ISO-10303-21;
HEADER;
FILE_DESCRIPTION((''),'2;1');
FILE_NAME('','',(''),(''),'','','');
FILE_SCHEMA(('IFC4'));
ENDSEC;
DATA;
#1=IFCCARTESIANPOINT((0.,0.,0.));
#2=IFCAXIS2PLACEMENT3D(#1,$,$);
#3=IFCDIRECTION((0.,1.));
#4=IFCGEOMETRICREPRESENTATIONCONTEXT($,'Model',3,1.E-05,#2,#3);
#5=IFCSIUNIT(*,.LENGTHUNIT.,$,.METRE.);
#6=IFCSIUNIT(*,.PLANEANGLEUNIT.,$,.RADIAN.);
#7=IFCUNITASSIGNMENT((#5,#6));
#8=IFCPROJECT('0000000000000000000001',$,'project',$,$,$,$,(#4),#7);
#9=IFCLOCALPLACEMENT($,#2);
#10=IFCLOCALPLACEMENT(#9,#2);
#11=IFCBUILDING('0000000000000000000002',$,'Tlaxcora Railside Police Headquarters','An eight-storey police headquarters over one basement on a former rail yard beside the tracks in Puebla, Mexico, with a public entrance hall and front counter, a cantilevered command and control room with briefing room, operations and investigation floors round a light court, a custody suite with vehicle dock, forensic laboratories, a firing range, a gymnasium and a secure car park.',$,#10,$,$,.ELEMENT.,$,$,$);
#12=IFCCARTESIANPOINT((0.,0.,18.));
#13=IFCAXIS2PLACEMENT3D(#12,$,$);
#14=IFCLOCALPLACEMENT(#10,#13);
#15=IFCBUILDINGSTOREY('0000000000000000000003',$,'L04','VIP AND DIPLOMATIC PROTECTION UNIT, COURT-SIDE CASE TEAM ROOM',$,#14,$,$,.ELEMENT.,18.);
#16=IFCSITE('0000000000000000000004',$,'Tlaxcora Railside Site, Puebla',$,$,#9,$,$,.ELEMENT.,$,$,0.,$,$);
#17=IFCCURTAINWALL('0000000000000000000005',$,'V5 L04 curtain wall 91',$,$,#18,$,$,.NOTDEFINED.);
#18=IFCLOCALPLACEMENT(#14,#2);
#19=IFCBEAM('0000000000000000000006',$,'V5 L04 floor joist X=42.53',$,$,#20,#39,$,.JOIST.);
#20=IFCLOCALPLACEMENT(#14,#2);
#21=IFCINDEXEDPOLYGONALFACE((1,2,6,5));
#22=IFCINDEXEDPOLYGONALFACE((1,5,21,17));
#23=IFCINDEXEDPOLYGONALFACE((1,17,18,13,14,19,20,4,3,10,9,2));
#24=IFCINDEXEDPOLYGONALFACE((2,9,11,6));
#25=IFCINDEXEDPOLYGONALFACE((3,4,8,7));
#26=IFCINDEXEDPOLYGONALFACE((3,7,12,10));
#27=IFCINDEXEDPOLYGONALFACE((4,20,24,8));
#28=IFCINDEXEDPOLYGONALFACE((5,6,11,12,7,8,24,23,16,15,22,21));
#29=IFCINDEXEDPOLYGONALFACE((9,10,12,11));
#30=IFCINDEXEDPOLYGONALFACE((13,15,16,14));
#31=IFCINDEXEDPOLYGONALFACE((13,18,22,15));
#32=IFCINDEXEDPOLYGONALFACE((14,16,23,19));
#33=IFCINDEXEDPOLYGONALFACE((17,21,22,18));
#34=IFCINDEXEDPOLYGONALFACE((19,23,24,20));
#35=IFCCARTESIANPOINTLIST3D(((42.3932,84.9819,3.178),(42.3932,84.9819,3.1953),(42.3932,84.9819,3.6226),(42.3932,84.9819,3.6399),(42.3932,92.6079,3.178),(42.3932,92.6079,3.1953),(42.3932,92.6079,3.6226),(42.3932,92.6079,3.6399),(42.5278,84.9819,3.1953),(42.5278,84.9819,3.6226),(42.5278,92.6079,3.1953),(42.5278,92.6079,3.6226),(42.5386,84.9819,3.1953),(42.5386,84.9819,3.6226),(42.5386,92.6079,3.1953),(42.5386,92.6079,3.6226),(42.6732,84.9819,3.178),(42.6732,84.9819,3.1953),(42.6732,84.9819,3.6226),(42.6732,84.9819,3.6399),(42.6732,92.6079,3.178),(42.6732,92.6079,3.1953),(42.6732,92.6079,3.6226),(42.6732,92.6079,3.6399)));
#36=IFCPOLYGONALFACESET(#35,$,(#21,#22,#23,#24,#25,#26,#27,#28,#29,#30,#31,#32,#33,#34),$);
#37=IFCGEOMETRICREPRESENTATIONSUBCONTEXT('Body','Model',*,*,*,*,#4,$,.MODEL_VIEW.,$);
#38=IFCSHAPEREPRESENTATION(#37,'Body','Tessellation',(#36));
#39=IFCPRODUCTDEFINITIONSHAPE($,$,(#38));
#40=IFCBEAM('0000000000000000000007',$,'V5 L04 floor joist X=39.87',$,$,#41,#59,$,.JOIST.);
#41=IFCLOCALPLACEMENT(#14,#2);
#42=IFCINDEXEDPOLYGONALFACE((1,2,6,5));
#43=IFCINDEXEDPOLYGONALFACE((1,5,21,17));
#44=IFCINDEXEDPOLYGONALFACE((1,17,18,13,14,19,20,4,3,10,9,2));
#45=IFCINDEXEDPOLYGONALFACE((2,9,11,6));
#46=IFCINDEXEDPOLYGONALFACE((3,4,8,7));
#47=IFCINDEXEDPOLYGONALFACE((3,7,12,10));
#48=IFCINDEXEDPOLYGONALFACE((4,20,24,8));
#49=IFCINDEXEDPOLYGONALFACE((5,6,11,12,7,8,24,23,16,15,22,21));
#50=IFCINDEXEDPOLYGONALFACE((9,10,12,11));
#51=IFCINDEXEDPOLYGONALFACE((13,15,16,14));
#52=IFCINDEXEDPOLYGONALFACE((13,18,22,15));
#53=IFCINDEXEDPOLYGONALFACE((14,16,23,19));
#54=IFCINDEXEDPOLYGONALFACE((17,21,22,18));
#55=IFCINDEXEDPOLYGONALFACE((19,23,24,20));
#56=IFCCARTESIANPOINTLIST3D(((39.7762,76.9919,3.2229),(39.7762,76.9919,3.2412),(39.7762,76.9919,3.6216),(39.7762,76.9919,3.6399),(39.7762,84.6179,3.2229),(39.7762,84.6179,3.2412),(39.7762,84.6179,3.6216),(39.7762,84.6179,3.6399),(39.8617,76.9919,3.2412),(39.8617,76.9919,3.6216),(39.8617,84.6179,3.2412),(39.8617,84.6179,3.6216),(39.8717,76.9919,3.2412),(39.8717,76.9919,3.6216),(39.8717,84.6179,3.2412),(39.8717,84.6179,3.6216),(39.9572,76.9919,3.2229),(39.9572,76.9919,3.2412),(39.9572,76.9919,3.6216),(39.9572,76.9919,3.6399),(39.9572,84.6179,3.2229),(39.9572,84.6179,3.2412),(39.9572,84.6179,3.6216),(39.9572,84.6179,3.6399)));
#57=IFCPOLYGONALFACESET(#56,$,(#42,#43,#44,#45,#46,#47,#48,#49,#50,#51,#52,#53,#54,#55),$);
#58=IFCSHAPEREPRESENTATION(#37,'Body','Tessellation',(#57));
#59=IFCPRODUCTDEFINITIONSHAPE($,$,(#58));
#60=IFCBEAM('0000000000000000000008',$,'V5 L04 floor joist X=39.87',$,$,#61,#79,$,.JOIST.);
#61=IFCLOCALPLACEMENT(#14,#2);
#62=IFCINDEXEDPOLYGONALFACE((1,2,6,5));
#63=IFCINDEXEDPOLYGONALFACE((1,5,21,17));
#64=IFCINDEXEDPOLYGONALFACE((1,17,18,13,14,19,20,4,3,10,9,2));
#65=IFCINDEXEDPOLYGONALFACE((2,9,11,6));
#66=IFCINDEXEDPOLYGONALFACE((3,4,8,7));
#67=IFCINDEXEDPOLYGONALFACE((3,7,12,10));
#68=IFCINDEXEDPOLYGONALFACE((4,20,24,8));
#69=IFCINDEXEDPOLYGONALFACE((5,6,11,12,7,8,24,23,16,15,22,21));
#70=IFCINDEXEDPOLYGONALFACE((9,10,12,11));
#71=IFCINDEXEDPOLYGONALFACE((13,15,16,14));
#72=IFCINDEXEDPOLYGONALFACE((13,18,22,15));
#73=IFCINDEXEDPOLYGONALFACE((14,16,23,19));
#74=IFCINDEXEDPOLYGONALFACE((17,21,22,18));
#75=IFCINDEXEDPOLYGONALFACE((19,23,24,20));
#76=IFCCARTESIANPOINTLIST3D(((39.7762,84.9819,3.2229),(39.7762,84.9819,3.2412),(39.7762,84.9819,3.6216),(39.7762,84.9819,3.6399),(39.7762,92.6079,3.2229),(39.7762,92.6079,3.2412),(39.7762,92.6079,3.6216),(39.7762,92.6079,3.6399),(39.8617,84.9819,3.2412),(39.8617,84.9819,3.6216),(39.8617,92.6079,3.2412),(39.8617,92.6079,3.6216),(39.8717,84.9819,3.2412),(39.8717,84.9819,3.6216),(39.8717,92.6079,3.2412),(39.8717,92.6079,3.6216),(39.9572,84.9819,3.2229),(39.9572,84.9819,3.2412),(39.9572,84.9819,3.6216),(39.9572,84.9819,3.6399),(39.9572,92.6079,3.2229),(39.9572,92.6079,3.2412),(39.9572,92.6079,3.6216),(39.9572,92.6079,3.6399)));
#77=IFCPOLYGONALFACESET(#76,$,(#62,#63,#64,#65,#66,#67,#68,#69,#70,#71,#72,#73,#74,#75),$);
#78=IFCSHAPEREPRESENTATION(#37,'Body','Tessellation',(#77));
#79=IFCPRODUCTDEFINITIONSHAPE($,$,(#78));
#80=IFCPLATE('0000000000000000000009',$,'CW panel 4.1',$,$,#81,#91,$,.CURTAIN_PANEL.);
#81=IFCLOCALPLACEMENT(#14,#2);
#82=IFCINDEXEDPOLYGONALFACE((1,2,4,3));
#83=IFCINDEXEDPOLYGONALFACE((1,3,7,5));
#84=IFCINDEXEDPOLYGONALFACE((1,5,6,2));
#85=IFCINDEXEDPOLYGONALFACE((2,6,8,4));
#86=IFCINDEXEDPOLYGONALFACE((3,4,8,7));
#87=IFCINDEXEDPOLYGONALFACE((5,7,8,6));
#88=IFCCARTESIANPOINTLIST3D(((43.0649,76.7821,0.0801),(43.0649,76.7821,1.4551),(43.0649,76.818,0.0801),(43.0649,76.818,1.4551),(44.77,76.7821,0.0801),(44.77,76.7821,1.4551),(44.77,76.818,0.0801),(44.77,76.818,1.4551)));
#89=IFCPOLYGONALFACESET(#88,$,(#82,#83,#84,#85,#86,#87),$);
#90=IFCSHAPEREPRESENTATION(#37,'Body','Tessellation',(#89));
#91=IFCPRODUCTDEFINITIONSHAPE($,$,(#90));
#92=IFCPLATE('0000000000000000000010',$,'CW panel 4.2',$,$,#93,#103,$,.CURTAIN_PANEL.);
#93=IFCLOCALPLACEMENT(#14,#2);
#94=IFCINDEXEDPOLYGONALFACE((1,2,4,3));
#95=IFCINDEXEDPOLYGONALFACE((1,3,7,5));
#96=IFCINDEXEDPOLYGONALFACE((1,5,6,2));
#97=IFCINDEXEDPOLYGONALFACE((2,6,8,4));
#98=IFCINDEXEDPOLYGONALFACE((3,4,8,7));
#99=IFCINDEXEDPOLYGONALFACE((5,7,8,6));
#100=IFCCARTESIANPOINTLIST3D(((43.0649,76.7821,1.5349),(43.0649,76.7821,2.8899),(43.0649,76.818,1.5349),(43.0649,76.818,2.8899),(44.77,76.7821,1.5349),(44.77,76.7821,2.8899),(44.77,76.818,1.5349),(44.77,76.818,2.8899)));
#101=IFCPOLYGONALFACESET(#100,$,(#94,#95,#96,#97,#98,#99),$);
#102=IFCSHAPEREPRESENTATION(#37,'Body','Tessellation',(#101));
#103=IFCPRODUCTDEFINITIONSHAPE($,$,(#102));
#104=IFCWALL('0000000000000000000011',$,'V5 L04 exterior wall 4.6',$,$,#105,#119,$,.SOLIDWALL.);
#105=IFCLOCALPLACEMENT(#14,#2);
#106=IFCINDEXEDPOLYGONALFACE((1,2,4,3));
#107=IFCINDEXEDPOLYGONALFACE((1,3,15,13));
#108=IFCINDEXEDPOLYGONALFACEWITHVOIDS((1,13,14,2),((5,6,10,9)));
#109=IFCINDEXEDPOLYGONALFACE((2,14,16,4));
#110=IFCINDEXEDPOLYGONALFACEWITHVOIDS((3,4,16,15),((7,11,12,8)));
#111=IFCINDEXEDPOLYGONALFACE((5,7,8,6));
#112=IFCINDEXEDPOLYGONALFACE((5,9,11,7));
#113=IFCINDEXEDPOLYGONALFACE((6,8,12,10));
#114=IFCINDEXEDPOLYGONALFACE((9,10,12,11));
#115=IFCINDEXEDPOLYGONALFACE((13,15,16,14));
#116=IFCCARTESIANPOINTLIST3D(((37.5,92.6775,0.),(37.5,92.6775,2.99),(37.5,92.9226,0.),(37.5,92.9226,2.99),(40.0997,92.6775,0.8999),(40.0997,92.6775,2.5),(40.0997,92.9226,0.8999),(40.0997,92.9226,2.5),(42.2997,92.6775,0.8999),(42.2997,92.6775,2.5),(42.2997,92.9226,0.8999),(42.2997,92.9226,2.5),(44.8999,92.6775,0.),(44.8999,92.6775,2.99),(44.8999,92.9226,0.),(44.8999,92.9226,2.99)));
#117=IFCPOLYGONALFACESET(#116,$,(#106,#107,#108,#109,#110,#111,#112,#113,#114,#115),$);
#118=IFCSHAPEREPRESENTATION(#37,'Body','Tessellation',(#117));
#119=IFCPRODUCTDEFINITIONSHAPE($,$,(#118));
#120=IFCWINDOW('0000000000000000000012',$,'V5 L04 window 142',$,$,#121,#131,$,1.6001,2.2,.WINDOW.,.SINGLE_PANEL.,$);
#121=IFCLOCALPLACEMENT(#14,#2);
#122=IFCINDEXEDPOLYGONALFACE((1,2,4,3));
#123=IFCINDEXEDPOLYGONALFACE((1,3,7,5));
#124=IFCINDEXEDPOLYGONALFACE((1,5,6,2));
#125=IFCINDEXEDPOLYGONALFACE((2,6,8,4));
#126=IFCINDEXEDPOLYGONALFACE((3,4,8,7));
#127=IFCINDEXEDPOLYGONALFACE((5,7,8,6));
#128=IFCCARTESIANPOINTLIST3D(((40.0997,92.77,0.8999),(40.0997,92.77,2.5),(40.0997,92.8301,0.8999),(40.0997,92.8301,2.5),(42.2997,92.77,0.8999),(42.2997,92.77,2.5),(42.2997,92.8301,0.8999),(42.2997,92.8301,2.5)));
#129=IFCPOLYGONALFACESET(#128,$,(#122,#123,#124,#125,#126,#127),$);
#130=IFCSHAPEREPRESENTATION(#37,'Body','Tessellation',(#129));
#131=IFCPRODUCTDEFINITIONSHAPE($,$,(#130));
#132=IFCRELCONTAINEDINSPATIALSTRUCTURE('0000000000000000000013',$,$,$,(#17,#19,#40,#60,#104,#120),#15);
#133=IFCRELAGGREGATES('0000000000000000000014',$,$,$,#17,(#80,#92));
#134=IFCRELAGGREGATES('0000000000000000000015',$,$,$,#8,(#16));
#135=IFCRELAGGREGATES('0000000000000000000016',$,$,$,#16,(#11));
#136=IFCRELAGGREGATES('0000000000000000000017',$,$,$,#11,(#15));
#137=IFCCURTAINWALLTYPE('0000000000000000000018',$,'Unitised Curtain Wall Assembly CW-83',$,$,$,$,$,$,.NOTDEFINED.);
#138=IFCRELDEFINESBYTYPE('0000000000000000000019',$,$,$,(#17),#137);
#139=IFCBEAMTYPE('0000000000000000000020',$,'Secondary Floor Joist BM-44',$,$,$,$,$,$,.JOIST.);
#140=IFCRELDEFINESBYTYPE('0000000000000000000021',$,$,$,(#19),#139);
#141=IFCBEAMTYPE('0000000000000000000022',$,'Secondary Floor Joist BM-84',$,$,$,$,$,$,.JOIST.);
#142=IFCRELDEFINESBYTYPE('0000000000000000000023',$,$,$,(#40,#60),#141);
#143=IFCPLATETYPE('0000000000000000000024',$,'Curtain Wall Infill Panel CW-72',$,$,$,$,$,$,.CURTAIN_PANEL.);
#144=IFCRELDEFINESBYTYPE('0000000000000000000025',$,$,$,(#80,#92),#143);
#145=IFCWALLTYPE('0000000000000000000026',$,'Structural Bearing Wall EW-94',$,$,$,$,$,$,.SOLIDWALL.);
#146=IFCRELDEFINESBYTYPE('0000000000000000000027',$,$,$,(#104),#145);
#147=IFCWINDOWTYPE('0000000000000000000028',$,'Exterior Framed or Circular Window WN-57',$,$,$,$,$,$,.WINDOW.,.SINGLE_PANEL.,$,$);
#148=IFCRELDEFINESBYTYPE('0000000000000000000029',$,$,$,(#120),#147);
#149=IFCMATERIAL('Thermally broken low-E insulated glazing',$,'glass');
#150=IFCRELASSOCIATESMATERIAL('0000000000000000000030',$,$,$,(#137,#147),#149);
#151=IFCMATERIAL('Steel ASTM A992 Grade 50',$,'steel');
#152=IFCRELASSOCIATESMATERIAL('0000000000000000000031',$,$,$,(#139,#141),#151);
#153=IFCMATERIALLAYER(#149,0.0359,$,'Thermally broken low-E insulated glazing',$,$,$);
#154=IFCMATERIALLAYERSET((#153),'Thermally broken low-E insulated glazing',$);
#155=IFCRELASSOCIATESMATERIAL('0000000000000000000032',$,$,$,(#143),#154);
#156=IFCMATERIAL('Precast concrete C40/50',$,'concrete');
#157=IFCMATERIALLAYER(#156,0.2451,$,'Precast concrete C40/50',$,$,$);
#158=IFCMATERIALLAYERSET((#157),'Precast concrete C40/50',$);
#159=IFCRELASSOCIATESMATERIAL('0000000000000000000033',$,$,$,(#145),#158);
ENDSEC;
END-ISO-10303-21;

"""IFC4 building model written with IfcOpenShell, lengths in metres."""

from ifc_helpers import new_model, si_unit, direction, frame, frame_2d, origin, origin_2d, place, context, subcontext, project, spatial, rectangle, i_section, extrude, material, layer, layer_set, material_profile, profile_set, type_object, element, fill, aggregate, save


model = new_model("IFC4")

# Units and contexts
model_context = context("Model", 3, precision=1e-05, world=origin(), true_north=direction((0.0, 1.0)))
body_context = subcontext(model_context, "Body", "Model", "MODEL_VIEW")
ifc_project = project(units=[si_unit("LENGTHUNIT", "METRE"), si_unit("PLANEANGLEUNIT", "RADIAN")], contexts=[model_context])

# Site, building, storey
site_placement = place(None, origin())
site = spatial("IfcSite", under=ifc_project, at=site_placement, Name="Tlaxcora Railside Site, Puebla", CompositionType="ELEMENT", RefElevation=0.0)
building_placement = place(site_placement, origin())
building = spatial("IfcBuilding", under=site, at=building_placement, Name="Tlaxcora Railside Police Headquarters", Description="An eight-storey police headquarters over one basement on a former rail yard beside the tracks in Puebla, Mexico, with a public entrance hall and front counter, a cantilevered command and control room with briefing room, operations and investigation floors round a light court, a custody suite with vehicle dock, forensic laboratories, a firing range, a gymnasium and a secure car park.", CompositionType="ELEMENT")
storey_placement = place(building_placement, frame((0.0, 0.0, 18.0)))
storey = spatial("IfcBuildingStorey", under=building, at=storey_placement, Name="L04", Description="VIP AND DIPLOMATIC PROTECTION UNIT, COURT-SIDE CASE TEAM ROOM", CompositionType="ELEMENT", Elevation=18.0)

# Curtain wall
ifc_material_1 = material(Name="Thermally broken low-E insulated glazing", Category="glass")
curtain_wall_type = type_object("IfcCurtainWallType", Name="Unitised Curtain Wall Assembly CW-83", PredefinedType="NOTDEFINED", material=ifc_material_1)
curtain_wall_placement = place(storey_placement, origin())
curtain_wall = element("IfcCurtainWall", 1, at=curtain_wall_placement, inside=storey, type_object=curtain_wall_type, Name="V5 L04 curtain wall 91", PredefinedType="NOTDEFINED")

# Beams
ifc_material_2 = material(Name="Steel ASTM A992 Grade 50", Category="steel")
ifc_material_profile_1 = material_profile(ifc_material_2, i_section(OverallWidth=0.28, OverallDepth=0.4619, WebThickness=0.0107, FlangeThickness=0.0173, at=origin_2d()), Name="W18X76")
ifc_profile_set_1 = profile_set([ifc_material_profile_1], Name="Steel ASTM A992 Grade 50")
beam_type_1 = type_object("IfcBeamType", Name="Secondary Floor Joist BM-44", PredefinedType="JOIST", material=ifc_profile_set_1)
for number, where, z_axis, x_axis, name in (
    (2, (42.5332, 84.9819, 3.4089), (0.0, 1.0, 0.0), (-1.0, 0.0, 0.0), "V5 L04 floor joist X=42.53"),
):
    element("IfcBeam", number, at=place(storey_placement, frame(where, z_axis=z_axis, x_axis=x_axis)), inside=storey, type_object=beam_type_1, Name=name, PredefinedType="JOIST", context=body_context, shape_type="SweptSolid", body=[
        extrude(i_section(OverallWidth=0.28, OverallDepth=0.4619, WebThickness=0.0107, FlangeThickness=0.0173, at=origin_2d()), origin(), (0.0, 0.0, 1.0), 7.626),
    ])
ifc_material_profile_2 = material_profile(ifc_material_2, i_section(OverallWidth=0.1809, OverallDepth=0.417, WebThickness=0.01, FlangeThickness=0.0183, at=origin_2d()), Name="W16X57")
ifc_profile_set_2 = profile_set([ifc_material_profile_2], Name="Steel ASTM A992 Grade 50")
beam_type_2 = type_object("IfcBeamType", Name="Secondary Floor Joist BM-84", PredefinedType="JOIST", material=ifc_profile_set_2)
for number, where, z_axis, x_axis, name in (
    (3, (39.8667, 76.9919, 3.4314), (0.0, 1.0, 0.0), (-1.0, 0.0, 0.0), "V5 L04 floor joist X=39.87"),
    (4, (39.8667, 84.9819, 3.4314), (0.0, 1.0, 0.0), (-1.0, 0.0, 0.0), "V5 L04 floor joist X=39.87"),
):
    element("IfcBeam", number, at=place(storey_placement, frame(where, z_axis=z_axis, x_axis=x_axis)), inside=storey, type_object=beam_type_2, Name=name, PredefinedType="JOIST", context=body_context, shape_type="SweptSolid", body=[
        extrude(i_section(OverallWidth=0.1809, OverallDepth=0.417, WebThickness=0.01, FlangeThickness=0.0183, at=origin_2d()), origin(), (0.0, 0.0, 1.0), 7.626),
    ])

# Plates
ifc_layer_1 = layer(ifc_material_1, 0.0359, Name="Thermally broken low-E insulated glazing")
ifc_layer_set_1 = layer_set([ifc_layer_1], Name="Thermally broken low-E insulated glazing")
plate_type = type_object("IfcPlateType", Name="Curtain Wall Infill Panel CW-72", PredefinedType="CURTAIN_PANEL", material=ifc_layer_set_1)
plate_1_placement = place(storey_placement, frame((43.9175, 76.8, 0.0801), z_axis=(0.0, 0.0, 1.0), x_axis=(1.0, 0.0, 0.0)))
plate_1 = element("IfcPlate", 5, at=plate_1_placement, type_object=plate_type, Name="CW panel 4.1", PredefinedType="CURTAIN_PANEL", context=body_context, shape_type="SweptSolid", body=[
    extrude(rectangle(XDim=1.7051, YDim=0.0359, at=origin_2d()), origin(), (0.0, 0.0, 1.0), 1.375),
])
plate_2_placement = place(storey_placement, frame((43.9175, 76.8, 1.5349), z_axis=(0.0, 0.0, 1.0), x_axis=(1.0, 0.0, 0.0)))
plate_2 = element("IfcPlate", 6, at=plate_2_placement, type_object=plate_type, Name="CW panel 4.2", PredefinedType="CURTAIN_PANEL", context=body_context, shape_type="SweptSolid", body=[
    extrude(rectangle(XDim=1.7051, YDim=0.0359, at=origin_2d()), origin(), (0.0, 0.0, 1.0), 1.355),
])
aggregate(curtain_wall, [plate_1, plate_2])

# Wall, opening, window
ifc_material_3 = material(Name="Precast concrete C40/50", Category="concrete")
ifc_layer_2 = layer(ifc_material_3, 0.2451, Name="Precast concrete C40/50")
ifc_layer_set_2 = layer_set([ifc_layer_2], Name="Precast concrete C40/50")
wall_type = type_object("IfcWallType", Name="Structural Bearing Wall EW-94", PredefinedType="SOLIDWALL", material=ifc_layer_set_2)
wall_placement = place(storey_placement, frame((44.8999, 92.8, 0.0), z_axis=(0.0, 0.0, 1.0), x_axis=(-1.0, 0.0, 0.0)))
wall = element("IfcWall", 7, at=wall_placement, inside=storey, type_object=wall_type, Name="V5 L04 exterior wall 4.6", PredefinedType="SOLIDWALL", context=body_context, shape_type="SweptSolid", body=[
    extrude(rectangle(XDim=7.3999, YDim=0.2451, at=frame_2d((3.7, 0.0))), origin(), (0.0, 0.0, 1.0), 2.99),
])
opening_placement = place(wall_placement, frame((2.6001, 0.0, 0.8999)))
opening = element("IfcOpeningElement", 8, at=opening_placement, cuts=wall, PredefinedType="OPENING", context=body_context, shape_type="SweptSolid", body=[
    extrude(rectangle(XDim=2.2, YDim=1.6001, at=frame_2d((1.1001, 0.8))), frame((0.0, 0.1326, 0.0), z_axis=(0.0, -1.0, 0.0), x_axis=(1.0, 0.0, 0.0)), (0.0, 0.0, 1.0), 0.2651),
])
window_type = type_object("IfcWindowType", Name="Exterior Framed or Circular Window WN-57", PartitioningType="SINGLE_PANEL", PredefinedType="WINDOW", material=ifc_material_1)
window_placement = place(opening_placement, origin())
window = element("IfcWindow", 9, at=window_placement, inside=storey, type_object=window_type, Name="V5 L04 window 142", OverallHeight=1.6001, OverallWidth=2.2, PartitioningType="SINGLE_PANEL", PredefinedType="WINDOW", context=body_context, shape_type="SweptSolid", body=[
    extrude(rectangle(XDim=2.2, YDim=1.6001, at=frame_2d((1.1001, 0.8))), frame((0.0, 0.03, 0.0), z_axis=(0.0, -1.0, 0.0), x_axis=(1.0, 0.0, 0.0)), (0.0, 0.0, 1.0), 0.0601),
])
fill(opening, window)

save(model, "model.ifc")
